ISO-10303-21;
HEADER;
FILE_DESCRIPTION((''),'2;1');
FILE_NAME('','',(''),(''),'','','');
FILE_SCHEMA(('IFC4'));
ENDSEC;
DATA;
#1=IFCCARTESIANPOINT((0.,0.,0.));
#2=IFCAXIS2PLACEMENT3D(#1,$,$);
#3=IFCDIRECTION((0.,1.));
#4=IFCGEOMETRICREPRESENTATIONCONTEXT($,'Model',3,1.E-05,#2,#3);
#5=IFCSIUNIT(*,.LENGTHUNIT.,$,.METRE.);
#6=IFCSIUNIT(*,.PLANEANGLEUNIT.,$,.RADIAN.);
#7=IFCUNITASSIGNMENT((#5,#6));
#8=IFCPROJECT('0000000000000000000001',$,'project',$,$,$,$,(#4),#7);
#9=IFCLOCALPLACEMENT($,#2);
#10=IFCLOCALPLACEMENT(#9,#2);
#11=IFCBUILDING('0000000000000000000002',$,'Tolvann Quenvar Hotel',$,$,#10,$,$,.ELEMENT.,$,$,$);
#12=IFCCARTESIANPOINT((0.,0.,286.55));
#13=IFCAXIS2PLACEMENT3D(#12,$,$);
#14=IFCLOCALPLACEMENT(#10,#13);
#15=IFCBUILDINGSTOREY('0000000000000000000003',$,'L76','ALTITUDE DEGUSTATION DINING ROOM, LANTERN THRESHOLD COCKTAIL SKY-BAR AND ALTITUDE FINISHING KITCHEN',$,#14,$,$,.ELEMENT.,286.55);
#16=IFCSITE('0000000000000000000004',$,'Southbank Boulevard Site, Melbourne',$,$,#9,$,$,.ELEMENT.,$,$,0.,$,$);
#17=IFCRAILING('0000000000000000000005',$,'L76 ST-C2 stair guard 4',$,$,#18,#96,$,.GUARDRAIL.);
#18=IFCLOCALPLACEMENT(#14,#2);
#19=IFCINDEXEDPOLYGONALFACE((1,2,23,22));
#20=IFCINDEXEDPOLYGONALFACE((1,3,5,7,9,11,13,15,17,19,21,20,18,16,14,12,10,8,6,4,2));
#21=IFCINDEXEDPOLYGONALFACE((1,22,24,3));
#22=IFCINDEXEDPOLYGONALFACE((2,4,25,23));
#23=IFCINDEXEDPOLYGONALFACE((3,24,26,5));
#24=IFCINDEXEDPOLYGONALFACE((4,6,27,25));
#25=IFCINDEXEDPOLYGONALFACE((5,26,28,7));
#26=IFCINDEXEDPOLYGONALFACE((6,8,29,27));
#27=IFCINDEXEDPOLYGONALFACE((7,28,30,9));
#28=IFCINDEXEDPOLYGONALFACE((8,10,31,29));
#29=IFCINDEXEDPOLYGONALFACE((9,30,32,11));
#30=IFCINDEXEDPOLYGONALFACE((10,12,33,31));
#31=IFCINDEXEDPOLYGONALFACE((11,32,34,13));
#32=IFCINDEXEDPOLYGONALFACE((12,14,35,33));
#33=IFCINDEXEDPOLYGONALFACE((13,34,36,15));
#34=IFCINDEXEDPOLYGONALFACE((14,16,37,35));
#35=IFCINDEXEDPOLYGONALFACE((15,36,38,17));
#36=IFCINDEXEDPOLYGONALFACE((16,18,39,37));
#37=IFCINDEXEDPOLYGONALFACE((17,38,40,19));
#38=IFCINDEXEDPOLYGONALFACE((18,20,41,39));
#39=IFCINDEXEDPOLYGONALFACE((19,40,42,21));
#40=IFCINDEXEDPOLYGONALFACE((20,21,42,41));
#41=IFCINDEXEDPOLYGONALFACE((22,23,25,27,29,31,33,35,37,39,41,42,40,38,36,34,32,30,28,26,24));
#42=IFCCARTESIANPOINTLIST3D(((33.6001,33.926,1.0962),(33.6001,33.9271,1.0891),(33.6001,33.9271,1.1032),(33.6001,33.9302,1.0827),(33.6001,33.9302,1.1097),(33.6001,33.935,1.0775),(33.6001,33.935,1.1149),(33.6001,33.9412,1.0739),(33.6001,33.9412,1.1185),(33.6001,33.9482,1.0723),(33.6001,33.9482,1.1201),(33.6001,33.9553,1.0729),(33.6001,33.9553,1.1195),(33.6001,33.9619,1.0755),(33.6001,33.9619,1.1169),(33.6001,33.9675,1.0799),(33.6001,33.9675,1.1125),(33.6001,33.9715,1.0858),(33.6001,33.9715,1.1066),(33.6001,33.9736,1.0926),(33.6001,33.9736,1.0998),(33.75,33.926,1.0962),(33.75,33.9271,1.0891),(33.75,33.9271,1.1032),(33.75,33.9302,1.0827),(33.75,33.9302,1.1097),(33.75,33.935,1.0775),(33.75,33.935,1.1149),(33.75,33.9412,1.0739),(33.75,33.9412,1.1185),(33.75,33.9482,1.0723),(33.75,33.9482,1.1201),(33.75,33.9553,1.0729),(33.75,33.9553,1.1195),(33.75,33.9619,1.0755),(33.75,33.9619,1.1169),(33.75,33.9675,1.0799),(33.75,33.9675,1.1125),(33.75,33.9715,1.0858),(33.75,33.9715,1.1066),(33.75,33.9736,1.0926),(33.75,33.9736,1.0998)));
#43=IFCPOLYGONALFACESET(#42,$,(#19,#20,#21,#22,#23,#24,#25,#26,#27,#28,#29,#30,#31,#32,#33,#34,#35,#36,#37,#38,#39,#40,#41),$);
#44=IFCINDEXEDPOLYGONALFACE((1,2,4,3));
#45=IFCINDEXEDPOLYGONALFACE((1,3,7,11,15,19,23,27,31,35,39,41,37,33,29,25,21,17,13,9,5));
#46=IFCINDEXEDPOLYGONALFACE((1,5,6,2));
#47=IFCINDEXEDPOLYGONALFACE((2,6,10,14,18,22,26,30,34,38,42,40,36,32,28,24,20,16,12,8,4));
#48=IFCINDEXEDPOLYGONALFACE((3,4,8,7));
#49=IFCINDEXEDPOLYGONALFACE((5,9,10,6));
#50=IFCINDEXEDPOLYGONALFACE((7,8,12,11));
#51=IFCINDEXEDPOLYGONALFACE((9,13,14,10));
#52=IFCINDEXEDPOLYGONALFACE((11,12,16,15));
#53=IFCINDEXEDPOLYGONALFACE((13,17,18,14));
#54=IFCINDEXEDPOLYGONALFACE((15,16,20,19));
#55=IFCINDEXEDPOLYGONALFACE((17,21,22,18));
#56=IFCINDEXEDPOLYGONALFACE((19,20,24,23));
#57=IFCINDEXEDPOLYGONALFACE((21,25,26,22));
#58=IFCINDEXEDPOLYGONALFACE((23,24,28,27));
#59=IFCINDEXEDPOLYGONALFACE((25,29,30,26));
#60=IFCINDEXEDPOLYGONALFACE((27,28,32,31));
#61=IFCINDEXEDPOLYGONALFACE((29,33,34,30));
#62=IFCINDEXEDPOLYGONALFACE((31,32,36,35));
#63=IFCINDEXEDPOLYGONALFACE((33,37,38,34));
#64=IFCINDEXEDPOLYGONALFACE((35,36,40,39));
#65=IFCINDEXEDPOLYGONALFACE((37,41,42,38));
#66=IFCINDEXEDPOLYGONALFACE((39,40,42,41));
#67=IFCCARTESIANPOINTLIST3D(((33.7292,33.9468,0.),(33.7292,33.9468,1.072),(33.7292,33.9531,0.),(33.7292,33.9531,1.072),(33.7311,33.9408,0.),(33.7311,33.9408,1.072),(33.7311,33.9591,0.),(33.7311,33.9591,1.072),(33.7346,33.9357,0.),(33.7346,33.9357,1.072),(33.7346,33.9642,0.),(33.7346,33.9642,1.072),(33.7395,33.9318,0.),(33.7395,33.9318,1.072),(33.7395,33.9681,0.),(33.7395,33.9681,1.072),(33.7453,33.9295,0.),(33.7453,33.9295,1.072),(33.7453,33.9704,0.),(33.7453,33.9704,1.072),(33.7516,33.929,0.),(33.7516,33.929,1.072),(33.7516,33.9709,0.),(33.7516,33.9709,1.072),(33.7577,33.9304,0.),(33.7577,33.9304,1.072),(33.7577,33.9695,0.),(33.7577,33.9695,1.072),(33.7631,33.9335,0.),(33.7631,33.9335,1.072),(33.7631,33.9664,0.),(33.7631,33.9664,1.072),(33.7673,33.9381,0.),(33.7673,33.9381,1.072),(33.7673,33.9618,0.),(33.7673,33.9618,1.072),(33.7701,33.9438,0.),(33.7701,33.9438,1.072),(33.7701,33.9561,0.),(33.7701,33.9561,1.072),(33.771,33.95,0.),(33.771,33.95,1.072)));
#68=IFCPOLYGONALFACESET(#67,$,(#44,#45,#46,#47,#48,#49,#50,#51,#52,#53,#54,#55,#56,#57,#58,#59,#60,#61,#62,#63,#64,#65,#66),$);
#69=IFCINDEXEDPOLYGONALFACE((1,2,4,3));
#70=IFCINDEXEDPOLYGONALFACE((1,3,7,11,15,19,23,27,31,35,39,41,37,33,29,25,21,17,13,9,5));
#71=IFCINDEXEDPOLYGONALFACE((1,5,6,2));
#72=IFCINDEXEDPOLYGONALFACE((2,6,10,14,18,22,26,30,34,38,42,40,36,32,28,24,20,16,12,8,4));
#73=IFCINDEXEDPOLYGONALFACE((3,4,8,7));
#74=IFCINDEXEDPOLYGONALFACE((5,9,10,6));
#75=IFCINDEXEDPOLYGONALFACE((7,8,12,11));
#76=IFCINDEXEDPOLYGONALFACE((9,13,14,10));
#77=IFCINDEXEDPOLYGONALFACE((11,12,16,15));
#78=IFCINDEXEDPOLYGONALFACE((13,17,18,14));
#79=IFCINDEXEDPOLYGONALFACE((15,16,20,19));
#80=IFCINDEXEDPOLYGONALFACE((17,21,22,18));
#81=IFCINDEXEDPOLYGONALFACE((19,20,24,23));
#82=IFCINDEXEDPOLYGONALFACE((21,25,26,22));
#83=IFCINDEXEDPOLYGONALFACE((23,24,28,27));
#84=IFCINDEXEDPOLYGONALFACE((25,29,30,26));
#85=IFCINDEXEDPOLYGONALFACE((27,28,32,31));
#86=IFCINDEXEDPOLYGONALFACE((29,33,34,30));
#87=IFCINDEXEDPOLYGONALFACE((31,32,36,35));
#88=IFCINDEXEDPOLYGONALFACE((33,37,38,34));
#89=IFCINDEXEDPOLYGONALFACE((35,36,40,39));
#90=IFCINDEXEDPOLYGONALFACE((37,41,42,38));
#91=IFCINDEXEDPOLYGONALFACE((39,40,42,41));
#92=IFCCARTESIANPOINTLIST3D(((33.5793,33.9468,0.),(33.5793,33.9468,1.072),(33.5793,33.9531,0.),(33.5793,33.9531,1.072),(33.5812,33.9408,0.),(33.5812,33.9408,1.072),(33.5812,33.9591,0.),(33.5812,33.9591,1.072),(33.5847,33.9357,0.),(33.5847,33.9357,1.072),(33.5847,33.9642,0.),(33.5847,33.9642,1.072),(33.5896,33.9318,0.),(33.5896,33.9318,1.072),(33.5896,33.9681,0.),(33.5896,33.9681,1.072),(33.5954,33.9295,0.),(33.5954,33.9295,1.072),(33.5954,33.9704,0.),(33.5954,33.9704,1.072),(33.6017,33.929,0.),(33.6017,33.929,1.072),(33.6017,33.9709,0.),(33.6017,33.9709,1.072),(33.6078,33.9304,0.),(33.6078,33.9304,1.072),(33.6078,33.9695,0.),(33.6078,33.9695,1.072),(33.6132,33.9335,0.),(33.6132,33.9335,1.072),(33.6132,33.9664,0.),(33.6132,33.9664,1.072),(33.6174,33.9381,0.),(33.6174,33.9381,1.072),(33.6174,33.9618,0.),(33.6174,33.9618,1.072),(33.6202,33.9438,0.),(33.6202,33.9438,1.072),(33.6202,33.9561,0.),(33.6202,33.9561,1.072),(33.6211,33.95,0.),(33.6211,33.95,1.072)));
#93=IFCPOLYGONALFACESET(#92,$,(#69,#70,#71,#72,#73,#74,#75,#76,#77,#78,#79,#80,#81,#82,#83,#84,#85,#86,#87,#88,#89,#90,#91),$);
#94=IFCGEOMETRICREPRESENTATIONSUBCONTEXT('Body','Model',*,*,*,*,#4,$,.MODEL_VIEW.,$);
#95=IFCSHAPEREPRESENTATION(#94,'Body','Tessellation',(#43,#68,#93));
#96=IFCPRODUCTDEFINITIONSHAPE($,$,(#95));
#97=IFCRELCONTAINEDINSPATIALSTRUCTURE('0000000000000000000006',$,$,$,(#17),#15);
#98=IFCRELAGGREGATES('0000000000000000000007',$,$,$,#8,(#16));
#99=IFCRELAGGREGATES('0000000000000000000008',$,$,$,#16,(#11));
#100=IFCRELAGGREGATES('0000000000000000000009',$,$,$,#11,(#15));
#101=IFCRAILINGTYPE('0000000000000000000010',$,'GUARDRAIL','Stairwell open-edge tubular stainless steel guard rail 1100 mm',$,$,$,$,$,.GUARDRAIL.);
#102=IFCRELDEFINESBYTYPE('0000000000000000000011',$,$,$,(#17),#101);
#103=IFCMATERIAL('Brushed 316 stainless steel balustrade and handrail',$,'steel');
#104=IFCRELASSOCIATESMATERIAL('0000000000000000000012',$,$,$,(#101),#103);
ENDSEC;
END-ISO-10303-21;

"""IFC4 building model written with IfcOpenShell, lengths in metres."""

from ifc_helpers import new_model, si_unit, direction, frame, origin, origin_2d, place, context, subcontext, project, spatial, circle, extrude, material, type_object, element, save


model = new_model("IFC4")

# Units and contexts
model_context = context("Model", 3, precision=1e-05, world=origin(), true_north=direction((0.0, 1.0)))
body_context = subcontext(model_context, "Body", "Model", "MODEL_VIEW")
ifc_project = project(units=[si_unit("LENGTHUNIT", "METRE"), si_unit("PLANEANGLEUNIT", "RADIAN")], contexts=[model_context])

# Site, building, storey
site_placement = place(None, origin())
site = spatial("IfcSite", under=ifc_project, at=site_placement, Name="Southbank Boulevard Site, Melbourne", CompositionType="ELEMENT", RefElevation=0.0)
building_placement = place(site_placement, origin())
building = spatial("IfcBuilding", under=site, at=building_placement, Name="Tolvann Quenvar Hotel", CompositionType="ELEMENT")
storey_placement = place(building_placement, frame((0.0, 0.0, 286.55)))
storey = spatial("IfcBuildingStorey", under=building, at=storey_placement, Name="L76", Description="ALTITUDE DEGUSTATION DINING ROOM, LANTERN THRESHOLD COCKTAIL SKY-BAR AND ALTITUDE FINISHING KITCHEN", CompositionType="ELEMENT", Elevation=286.55)

# Railing
ifc_material_1 = material(Name="Brushed 316 stainless steel balustrade and handrail", Category="steel")
railing_type_1 = type_object("IfcRailingType", Name="GUARDRAIL", Description="Stairwell open-edge tubular stainless steel guard rail 1100 mm", PredefinedType="GUARDRAIL", material=ifc_material_1)
railing_1_placement = place(storey_placement, frame((33.75, 33.95, 0.0)))
element("IfcRailing", 1, at=railing_1_placement, inside=storey, type_object=railing_type_1, Name="L76 ST-C2 stair guard 4", PredefinedType="GUARDRAIL", context=body_context, shape_type="SweptSolid", body=[
    extrude(circle(Radius=0.0239, at=origin_2d()), frame((0.0, 0.0, 1.0962), z_axis=(-1.0, 0.0, 0.0), x_axis=(0.0, -1.0, 0.0)), (0.0, 0.0, 1.0), 0.1499),
    extrude(circle(Radius=0.021, at=origin_2d()), origin(), (0.0, 0.0, 1.0), 1.072),
    extrude(circle(Radius=0.021, at=origin_2d()), frame((-0.1499, 0.0, 0.0)), (0.0, 0.0, 1.0), 1.072),
])

save(model, "model.ifc")
